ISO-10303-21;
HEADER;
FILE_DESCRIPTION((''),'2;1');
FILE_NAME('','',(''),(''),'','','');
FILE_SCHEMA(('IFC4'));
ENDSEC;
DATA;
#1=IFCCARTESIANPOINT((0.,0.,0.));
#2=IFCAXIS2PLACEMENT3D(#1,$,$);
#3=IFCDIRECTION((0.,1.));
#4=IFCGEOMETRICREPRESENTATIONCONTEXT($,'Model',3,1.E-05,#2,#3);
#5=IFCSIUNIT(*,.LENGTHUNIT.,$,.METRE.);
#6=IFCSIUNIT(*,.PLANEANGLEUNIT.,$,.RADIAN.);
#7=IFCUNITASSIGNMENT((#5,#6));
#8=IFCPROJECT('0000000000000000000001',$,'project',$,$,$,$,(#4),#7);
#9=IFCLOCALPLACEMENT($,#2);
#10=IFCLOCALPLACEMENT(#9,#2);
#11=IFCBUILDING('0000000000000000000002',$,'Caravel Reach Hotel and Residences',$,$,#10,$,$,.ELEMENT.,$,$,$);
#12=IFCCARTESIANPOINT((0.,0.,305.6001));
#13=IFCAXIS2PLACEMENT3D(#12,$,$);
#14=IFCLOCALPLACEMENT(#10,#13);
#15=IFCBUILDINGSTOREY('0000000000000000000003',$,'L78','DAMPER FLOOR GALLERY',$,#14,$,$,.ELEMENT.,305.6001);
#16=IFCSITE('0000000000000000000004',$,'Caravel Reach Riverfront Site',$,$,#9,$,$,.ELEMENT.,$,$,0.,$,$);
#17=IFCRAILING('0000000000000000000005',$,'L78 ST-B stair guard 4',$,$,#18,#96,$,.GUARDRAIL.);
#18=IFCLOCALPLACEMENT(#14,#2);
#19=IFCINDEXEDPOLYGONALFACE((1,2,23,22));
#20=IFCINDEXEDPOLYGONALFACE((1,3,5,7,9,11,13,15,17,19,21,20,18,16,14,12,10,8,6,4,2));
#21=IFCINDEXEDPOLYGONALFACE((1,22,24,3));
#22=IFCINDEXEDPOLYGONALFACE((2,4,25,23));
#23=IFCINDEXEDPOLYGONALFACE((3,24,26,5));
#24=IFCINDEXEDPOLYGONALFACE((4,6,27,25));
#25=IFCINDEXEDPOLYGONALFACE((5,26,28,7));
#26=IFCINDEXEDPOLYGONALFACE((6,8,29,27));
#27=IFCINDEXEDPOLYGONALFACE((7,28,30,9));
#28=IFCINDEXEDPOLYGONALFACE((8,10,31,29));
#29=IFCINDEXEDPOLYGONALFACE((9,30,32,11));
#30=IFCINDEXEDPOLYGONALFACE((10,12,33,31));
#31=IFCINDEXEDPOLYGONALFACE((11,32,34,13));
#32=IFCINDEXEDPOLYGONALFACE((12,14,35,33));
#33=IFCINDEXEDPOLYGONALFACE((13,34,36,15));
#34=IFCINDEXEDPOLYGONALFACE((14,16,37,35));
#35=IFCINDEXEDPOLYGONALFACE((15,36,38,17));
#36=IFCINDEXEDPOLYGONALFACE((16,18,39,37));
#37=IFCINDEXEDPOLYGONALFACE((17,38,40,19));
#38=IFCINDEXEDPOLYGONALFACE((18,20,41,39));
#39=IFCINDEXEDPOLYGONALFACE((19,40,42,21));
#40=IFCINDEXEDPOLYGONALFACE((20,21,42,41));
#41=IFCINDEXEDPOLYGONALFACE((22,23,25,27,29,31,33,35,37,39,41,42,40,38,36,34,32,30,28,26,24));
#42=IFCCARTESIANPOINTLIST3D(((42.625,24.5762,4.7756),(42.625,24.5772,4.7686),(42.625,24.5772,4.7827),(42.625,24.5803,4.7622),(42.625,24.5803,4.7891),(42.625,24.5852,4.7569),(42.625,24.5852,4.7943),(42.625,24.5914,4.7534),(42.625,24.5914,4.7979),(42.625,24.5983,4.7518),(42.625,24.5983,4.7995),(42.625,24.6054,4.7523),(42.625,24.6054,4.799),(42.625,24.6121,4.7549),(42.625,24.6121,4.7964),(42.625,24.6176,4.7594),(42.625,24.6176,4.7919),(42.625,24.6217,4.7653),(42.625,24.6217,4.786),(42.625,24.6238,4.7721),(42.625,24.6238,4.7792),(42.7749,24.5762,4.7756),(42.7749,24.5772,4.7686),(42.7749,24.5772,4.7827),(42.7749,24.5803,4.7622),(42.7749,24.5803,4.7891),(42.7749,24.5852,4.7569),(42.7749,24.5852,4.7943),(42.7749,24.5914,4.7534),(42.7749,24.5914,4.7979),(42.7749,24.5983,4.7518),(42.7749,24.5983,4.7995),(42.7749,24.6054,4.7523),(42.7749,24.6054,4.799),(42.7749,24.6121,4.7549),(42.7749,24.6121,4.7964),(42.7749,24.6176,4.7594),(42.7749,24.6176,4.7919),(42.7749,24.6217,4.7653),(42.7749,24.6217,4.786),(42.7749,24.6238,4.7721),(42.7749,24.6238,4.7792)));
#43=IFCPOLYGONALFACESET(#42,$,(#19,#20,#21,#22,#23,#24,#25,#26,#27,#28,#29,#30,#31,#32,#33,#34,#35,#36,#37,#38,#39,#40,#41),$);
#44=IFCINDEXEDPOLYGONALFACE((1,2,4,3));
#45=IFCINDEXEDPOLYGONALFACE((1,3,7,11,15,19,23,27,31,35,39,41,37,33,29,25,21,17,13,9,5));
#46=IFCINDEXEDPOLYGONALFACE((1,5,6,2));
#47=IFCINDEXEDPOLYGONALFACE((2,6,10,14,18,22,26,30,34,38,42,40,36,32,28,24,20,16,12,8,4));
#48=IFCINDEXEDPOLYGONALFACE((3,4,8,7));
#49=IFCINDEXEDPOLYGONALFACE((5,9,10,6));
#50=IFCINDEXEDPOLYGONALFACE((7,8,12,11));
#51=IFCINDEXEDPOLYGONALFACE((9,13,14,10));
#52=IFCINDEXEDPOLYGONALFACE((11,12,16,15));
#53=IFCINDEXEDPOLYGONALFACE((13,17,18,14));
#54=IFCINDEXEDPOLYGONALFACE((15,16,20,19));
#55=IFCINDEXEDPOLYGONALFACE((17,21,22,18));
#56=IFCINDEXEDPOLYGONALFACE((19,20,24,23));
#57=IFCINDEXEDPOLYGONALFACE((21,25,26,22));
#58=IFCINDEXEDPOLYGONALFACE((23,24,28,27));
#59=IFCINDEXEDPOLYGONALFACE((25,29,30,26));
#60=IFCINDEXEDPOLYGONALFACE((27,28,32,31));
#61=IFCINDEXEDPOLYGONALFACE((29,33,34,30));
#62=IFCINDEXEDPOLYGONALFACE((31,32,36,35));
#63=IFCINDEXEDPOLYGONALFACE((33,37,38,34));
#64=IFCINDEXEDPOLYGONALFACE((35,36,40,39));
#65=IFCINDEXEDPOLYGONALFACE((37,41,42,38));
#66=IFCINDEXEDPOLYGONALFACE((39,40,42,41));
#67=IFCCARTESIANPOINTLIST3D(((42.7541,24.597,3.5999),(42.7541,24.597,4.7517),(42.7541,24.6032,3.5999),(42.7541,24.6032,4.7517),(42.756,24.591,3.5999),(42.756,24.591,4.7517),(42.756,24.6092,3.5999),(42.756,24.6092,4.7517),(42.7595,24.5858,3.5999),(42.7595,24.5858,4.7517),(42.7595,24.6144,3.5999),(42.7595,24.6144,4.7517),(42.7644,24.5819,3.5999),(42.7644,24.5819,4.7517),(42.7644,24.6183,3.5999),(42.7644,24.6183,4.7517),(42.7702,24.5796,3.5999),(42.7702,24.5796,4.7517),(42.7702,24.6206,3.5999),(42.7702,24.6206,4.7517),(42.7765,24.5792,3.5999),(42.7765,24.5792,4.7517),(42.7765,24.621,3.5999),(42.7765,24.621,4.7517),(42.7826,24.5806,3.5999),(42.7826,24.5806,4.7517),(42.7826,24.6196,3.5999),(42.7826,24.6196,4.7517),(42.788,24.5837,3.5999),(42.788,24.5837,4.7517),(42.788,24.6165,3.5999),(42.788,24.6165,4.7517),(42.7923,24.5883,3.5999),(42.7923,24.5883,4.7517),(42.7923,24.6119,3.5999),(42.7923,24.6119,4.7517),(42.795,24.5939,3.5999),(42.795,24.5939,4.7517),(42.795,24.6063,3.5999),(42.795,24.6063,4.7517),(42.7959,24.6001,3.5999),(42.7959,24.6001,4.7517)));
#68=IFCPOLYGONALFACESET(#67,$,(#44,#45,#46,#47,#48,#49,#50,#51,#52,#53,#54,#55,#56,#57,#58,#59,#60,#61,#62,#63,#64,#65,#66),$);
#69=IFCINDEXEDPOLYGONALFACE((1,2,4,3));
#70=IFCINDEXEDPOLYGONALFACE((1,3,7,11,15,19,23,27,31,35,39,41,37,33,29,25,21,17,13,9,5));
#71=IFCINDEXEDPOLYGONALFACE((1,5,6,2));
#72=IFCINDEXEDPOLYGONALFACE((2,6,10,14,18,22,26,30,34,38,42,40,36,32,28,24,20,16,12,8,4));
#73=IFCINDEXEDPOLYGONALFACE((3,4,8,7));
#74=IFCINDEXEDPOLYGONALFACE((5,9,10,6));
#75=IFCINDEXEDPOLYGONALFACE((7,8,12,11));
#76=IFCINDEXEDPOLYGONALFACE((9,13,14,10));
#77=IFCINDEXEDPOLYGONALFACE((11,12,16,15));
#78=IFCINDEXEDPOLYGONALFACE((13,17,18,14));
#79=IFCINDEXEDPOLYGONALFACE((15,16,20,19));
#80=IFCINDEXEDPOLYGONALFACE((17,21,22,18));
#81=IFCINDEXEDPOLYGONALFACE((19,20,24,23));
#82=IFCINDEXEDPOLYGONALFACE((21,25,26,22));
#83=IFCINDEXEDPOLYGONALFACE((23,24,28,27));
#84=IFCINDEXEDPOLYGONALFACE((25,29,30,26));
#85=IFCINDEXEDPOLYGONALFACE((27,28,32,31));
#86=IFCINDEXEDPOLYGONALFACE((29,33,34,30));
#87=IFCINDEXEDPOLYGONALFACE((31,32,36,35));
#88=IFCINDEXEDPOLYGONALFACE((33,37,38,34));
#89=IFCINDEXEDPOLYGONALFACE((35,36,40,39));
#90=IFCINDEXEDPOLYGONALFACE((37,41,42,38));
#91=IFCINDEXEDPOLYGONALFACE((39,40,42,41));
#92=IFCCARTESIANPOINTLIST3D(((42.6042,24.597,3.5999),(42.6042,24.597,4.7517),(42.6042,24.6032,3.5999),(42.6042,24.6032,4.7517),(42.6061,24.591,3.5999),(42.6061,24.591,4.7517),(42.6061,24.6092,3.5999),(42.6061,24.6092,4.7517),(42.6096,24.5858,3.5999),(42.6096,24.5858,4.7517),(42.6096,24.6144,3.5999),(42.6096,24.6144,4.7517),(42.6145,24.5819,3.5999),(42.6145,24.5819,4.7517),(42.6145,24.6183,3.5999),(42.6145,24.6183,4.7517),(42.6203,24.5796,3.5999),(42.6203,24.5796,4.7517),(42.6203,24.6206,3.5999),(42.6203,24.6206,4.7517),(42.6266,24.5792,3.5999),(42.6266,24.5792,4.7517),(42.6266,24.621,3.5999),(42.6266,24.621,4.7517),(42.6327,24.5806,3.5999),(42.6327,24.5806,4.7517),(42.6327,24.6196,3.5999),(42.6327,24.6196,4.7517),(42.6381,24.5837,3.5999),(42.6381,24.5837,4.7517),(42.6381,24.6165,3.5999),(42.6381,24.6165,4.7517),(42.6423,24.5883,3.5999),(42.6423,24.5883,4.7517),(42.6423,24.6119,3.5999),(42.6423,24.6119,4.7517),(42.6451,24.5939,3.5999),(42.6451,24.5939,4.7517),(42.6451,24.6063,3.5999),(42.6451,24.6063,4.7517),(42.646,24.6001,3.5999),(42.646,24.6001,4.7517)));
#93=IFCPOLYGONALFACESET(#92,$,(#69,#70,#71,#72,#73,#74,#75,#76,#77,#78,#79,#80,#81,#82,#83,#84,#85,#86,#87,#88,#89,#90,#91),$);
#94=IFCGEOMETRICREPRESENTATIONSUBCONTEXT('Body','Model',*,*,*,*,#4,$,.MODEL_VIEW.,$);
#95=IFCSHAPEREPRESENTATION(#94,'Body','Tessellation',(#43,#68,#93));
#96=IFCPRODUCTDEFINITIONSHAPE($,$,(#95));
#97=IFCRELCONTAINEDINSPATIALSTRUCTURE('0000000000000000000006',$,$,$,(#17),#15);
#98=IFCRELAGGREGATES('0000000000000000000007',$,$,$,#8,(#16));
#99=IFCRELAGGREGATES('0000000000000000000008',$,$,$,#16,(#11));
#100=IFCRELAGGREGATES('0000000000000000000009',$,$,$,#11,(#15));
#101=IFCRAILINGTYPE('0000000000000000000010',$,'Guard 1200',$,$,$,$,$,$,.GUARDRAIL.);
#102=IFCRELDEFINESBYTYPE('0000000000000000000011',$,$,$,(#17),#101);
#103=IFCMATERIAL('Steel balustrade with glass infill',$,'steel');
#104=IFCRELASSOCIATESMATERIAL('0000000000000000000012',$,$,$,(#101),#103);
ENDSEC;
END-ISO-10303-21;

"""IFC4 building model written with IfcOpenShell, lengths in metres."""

from ifc_helpers import new_model, si_unit, direction, frame, origin, origin_2d, place, context, subcontext, project, spatial, circle, extrude, material, type_object, element, save


model = new_model("IFC4")

# Units and contexts
model_context = context("Model", 3, precision=1e-05, world=origin(), true_north=direction((0.0, 1.0)))
body_context = subcontext(model_context, "Body", "Model", "MODEL_VIEW")
ifc_project = project(units=[si_unit("LENGTHUNIT", "METRE"), si_unit("PLANEANGLEUNIT", "RADIAN")], contexts=[model_context])

# Site, building, storey
site_placement = place(None, origin())
site = spatial("IfcSite", under=ifc_project, at=site_placement, Name="Caravel Reach Riverfront Site", CompositionType="ELEMENT", RefElevation=0.0)
building_placement = place(site_placement, origin())
building = spatial("IfcBuilding", under=site, at=building_placement, Name="Caravel Reach Hotel and Residences", CompositionType="ELEMENT")
storey_placement = place(building_placement, frame((0.0, 0.0, 305.6001)))
storey = spatial("IfcBuildingStorey", under=building, at=storey_placement, Name="L78", Description="DAMPER FLOOR GALLERY", CompositionType="ELEMENT", Elevation=305.6001)

# Railing
ifc_material_1 = material(Name="Steel balustrade with glass infill", Category="steel")
railing_type_1 = type_object("IfcRailingType", Name="Guard 1200", PredefinedType="GUARDRAIL", material=ifc_material_1)
railing_1_placement = place(storey_placement, frame((42.7749, 24.6001, 3.5999)))
element("IfcRailing", 1, at=railing_1_placement, inside=storey, type_object=railing_type_1, Name="L78 ST-B stair guard 4", PredefinedType="GUARDRAIL", context=body_context, shape_type="SweptSolid", body=[
    extrude(circle(Radius=0.0239, at=origin_2d()), frame((0.0, 0.0, 1.1758), z_axis=(-1.0, 0.0, 0.0), x_axis=(0.0, -1.0, 0.0)), (0.0, 0.0, 1.0), 0.1499),
    extrude(circle(Radius=0.021, at=origin_2d()), origin(), (0.0, 0.0, 1.0), 1.1519),
    extrude(circle(Radius=0.021, at=origin_2d()), frame((-0.1499, 0.0, 0.0)), (0.0, 0.0, 1.0), 1.1519),
])

save(model, "model.ifc")
